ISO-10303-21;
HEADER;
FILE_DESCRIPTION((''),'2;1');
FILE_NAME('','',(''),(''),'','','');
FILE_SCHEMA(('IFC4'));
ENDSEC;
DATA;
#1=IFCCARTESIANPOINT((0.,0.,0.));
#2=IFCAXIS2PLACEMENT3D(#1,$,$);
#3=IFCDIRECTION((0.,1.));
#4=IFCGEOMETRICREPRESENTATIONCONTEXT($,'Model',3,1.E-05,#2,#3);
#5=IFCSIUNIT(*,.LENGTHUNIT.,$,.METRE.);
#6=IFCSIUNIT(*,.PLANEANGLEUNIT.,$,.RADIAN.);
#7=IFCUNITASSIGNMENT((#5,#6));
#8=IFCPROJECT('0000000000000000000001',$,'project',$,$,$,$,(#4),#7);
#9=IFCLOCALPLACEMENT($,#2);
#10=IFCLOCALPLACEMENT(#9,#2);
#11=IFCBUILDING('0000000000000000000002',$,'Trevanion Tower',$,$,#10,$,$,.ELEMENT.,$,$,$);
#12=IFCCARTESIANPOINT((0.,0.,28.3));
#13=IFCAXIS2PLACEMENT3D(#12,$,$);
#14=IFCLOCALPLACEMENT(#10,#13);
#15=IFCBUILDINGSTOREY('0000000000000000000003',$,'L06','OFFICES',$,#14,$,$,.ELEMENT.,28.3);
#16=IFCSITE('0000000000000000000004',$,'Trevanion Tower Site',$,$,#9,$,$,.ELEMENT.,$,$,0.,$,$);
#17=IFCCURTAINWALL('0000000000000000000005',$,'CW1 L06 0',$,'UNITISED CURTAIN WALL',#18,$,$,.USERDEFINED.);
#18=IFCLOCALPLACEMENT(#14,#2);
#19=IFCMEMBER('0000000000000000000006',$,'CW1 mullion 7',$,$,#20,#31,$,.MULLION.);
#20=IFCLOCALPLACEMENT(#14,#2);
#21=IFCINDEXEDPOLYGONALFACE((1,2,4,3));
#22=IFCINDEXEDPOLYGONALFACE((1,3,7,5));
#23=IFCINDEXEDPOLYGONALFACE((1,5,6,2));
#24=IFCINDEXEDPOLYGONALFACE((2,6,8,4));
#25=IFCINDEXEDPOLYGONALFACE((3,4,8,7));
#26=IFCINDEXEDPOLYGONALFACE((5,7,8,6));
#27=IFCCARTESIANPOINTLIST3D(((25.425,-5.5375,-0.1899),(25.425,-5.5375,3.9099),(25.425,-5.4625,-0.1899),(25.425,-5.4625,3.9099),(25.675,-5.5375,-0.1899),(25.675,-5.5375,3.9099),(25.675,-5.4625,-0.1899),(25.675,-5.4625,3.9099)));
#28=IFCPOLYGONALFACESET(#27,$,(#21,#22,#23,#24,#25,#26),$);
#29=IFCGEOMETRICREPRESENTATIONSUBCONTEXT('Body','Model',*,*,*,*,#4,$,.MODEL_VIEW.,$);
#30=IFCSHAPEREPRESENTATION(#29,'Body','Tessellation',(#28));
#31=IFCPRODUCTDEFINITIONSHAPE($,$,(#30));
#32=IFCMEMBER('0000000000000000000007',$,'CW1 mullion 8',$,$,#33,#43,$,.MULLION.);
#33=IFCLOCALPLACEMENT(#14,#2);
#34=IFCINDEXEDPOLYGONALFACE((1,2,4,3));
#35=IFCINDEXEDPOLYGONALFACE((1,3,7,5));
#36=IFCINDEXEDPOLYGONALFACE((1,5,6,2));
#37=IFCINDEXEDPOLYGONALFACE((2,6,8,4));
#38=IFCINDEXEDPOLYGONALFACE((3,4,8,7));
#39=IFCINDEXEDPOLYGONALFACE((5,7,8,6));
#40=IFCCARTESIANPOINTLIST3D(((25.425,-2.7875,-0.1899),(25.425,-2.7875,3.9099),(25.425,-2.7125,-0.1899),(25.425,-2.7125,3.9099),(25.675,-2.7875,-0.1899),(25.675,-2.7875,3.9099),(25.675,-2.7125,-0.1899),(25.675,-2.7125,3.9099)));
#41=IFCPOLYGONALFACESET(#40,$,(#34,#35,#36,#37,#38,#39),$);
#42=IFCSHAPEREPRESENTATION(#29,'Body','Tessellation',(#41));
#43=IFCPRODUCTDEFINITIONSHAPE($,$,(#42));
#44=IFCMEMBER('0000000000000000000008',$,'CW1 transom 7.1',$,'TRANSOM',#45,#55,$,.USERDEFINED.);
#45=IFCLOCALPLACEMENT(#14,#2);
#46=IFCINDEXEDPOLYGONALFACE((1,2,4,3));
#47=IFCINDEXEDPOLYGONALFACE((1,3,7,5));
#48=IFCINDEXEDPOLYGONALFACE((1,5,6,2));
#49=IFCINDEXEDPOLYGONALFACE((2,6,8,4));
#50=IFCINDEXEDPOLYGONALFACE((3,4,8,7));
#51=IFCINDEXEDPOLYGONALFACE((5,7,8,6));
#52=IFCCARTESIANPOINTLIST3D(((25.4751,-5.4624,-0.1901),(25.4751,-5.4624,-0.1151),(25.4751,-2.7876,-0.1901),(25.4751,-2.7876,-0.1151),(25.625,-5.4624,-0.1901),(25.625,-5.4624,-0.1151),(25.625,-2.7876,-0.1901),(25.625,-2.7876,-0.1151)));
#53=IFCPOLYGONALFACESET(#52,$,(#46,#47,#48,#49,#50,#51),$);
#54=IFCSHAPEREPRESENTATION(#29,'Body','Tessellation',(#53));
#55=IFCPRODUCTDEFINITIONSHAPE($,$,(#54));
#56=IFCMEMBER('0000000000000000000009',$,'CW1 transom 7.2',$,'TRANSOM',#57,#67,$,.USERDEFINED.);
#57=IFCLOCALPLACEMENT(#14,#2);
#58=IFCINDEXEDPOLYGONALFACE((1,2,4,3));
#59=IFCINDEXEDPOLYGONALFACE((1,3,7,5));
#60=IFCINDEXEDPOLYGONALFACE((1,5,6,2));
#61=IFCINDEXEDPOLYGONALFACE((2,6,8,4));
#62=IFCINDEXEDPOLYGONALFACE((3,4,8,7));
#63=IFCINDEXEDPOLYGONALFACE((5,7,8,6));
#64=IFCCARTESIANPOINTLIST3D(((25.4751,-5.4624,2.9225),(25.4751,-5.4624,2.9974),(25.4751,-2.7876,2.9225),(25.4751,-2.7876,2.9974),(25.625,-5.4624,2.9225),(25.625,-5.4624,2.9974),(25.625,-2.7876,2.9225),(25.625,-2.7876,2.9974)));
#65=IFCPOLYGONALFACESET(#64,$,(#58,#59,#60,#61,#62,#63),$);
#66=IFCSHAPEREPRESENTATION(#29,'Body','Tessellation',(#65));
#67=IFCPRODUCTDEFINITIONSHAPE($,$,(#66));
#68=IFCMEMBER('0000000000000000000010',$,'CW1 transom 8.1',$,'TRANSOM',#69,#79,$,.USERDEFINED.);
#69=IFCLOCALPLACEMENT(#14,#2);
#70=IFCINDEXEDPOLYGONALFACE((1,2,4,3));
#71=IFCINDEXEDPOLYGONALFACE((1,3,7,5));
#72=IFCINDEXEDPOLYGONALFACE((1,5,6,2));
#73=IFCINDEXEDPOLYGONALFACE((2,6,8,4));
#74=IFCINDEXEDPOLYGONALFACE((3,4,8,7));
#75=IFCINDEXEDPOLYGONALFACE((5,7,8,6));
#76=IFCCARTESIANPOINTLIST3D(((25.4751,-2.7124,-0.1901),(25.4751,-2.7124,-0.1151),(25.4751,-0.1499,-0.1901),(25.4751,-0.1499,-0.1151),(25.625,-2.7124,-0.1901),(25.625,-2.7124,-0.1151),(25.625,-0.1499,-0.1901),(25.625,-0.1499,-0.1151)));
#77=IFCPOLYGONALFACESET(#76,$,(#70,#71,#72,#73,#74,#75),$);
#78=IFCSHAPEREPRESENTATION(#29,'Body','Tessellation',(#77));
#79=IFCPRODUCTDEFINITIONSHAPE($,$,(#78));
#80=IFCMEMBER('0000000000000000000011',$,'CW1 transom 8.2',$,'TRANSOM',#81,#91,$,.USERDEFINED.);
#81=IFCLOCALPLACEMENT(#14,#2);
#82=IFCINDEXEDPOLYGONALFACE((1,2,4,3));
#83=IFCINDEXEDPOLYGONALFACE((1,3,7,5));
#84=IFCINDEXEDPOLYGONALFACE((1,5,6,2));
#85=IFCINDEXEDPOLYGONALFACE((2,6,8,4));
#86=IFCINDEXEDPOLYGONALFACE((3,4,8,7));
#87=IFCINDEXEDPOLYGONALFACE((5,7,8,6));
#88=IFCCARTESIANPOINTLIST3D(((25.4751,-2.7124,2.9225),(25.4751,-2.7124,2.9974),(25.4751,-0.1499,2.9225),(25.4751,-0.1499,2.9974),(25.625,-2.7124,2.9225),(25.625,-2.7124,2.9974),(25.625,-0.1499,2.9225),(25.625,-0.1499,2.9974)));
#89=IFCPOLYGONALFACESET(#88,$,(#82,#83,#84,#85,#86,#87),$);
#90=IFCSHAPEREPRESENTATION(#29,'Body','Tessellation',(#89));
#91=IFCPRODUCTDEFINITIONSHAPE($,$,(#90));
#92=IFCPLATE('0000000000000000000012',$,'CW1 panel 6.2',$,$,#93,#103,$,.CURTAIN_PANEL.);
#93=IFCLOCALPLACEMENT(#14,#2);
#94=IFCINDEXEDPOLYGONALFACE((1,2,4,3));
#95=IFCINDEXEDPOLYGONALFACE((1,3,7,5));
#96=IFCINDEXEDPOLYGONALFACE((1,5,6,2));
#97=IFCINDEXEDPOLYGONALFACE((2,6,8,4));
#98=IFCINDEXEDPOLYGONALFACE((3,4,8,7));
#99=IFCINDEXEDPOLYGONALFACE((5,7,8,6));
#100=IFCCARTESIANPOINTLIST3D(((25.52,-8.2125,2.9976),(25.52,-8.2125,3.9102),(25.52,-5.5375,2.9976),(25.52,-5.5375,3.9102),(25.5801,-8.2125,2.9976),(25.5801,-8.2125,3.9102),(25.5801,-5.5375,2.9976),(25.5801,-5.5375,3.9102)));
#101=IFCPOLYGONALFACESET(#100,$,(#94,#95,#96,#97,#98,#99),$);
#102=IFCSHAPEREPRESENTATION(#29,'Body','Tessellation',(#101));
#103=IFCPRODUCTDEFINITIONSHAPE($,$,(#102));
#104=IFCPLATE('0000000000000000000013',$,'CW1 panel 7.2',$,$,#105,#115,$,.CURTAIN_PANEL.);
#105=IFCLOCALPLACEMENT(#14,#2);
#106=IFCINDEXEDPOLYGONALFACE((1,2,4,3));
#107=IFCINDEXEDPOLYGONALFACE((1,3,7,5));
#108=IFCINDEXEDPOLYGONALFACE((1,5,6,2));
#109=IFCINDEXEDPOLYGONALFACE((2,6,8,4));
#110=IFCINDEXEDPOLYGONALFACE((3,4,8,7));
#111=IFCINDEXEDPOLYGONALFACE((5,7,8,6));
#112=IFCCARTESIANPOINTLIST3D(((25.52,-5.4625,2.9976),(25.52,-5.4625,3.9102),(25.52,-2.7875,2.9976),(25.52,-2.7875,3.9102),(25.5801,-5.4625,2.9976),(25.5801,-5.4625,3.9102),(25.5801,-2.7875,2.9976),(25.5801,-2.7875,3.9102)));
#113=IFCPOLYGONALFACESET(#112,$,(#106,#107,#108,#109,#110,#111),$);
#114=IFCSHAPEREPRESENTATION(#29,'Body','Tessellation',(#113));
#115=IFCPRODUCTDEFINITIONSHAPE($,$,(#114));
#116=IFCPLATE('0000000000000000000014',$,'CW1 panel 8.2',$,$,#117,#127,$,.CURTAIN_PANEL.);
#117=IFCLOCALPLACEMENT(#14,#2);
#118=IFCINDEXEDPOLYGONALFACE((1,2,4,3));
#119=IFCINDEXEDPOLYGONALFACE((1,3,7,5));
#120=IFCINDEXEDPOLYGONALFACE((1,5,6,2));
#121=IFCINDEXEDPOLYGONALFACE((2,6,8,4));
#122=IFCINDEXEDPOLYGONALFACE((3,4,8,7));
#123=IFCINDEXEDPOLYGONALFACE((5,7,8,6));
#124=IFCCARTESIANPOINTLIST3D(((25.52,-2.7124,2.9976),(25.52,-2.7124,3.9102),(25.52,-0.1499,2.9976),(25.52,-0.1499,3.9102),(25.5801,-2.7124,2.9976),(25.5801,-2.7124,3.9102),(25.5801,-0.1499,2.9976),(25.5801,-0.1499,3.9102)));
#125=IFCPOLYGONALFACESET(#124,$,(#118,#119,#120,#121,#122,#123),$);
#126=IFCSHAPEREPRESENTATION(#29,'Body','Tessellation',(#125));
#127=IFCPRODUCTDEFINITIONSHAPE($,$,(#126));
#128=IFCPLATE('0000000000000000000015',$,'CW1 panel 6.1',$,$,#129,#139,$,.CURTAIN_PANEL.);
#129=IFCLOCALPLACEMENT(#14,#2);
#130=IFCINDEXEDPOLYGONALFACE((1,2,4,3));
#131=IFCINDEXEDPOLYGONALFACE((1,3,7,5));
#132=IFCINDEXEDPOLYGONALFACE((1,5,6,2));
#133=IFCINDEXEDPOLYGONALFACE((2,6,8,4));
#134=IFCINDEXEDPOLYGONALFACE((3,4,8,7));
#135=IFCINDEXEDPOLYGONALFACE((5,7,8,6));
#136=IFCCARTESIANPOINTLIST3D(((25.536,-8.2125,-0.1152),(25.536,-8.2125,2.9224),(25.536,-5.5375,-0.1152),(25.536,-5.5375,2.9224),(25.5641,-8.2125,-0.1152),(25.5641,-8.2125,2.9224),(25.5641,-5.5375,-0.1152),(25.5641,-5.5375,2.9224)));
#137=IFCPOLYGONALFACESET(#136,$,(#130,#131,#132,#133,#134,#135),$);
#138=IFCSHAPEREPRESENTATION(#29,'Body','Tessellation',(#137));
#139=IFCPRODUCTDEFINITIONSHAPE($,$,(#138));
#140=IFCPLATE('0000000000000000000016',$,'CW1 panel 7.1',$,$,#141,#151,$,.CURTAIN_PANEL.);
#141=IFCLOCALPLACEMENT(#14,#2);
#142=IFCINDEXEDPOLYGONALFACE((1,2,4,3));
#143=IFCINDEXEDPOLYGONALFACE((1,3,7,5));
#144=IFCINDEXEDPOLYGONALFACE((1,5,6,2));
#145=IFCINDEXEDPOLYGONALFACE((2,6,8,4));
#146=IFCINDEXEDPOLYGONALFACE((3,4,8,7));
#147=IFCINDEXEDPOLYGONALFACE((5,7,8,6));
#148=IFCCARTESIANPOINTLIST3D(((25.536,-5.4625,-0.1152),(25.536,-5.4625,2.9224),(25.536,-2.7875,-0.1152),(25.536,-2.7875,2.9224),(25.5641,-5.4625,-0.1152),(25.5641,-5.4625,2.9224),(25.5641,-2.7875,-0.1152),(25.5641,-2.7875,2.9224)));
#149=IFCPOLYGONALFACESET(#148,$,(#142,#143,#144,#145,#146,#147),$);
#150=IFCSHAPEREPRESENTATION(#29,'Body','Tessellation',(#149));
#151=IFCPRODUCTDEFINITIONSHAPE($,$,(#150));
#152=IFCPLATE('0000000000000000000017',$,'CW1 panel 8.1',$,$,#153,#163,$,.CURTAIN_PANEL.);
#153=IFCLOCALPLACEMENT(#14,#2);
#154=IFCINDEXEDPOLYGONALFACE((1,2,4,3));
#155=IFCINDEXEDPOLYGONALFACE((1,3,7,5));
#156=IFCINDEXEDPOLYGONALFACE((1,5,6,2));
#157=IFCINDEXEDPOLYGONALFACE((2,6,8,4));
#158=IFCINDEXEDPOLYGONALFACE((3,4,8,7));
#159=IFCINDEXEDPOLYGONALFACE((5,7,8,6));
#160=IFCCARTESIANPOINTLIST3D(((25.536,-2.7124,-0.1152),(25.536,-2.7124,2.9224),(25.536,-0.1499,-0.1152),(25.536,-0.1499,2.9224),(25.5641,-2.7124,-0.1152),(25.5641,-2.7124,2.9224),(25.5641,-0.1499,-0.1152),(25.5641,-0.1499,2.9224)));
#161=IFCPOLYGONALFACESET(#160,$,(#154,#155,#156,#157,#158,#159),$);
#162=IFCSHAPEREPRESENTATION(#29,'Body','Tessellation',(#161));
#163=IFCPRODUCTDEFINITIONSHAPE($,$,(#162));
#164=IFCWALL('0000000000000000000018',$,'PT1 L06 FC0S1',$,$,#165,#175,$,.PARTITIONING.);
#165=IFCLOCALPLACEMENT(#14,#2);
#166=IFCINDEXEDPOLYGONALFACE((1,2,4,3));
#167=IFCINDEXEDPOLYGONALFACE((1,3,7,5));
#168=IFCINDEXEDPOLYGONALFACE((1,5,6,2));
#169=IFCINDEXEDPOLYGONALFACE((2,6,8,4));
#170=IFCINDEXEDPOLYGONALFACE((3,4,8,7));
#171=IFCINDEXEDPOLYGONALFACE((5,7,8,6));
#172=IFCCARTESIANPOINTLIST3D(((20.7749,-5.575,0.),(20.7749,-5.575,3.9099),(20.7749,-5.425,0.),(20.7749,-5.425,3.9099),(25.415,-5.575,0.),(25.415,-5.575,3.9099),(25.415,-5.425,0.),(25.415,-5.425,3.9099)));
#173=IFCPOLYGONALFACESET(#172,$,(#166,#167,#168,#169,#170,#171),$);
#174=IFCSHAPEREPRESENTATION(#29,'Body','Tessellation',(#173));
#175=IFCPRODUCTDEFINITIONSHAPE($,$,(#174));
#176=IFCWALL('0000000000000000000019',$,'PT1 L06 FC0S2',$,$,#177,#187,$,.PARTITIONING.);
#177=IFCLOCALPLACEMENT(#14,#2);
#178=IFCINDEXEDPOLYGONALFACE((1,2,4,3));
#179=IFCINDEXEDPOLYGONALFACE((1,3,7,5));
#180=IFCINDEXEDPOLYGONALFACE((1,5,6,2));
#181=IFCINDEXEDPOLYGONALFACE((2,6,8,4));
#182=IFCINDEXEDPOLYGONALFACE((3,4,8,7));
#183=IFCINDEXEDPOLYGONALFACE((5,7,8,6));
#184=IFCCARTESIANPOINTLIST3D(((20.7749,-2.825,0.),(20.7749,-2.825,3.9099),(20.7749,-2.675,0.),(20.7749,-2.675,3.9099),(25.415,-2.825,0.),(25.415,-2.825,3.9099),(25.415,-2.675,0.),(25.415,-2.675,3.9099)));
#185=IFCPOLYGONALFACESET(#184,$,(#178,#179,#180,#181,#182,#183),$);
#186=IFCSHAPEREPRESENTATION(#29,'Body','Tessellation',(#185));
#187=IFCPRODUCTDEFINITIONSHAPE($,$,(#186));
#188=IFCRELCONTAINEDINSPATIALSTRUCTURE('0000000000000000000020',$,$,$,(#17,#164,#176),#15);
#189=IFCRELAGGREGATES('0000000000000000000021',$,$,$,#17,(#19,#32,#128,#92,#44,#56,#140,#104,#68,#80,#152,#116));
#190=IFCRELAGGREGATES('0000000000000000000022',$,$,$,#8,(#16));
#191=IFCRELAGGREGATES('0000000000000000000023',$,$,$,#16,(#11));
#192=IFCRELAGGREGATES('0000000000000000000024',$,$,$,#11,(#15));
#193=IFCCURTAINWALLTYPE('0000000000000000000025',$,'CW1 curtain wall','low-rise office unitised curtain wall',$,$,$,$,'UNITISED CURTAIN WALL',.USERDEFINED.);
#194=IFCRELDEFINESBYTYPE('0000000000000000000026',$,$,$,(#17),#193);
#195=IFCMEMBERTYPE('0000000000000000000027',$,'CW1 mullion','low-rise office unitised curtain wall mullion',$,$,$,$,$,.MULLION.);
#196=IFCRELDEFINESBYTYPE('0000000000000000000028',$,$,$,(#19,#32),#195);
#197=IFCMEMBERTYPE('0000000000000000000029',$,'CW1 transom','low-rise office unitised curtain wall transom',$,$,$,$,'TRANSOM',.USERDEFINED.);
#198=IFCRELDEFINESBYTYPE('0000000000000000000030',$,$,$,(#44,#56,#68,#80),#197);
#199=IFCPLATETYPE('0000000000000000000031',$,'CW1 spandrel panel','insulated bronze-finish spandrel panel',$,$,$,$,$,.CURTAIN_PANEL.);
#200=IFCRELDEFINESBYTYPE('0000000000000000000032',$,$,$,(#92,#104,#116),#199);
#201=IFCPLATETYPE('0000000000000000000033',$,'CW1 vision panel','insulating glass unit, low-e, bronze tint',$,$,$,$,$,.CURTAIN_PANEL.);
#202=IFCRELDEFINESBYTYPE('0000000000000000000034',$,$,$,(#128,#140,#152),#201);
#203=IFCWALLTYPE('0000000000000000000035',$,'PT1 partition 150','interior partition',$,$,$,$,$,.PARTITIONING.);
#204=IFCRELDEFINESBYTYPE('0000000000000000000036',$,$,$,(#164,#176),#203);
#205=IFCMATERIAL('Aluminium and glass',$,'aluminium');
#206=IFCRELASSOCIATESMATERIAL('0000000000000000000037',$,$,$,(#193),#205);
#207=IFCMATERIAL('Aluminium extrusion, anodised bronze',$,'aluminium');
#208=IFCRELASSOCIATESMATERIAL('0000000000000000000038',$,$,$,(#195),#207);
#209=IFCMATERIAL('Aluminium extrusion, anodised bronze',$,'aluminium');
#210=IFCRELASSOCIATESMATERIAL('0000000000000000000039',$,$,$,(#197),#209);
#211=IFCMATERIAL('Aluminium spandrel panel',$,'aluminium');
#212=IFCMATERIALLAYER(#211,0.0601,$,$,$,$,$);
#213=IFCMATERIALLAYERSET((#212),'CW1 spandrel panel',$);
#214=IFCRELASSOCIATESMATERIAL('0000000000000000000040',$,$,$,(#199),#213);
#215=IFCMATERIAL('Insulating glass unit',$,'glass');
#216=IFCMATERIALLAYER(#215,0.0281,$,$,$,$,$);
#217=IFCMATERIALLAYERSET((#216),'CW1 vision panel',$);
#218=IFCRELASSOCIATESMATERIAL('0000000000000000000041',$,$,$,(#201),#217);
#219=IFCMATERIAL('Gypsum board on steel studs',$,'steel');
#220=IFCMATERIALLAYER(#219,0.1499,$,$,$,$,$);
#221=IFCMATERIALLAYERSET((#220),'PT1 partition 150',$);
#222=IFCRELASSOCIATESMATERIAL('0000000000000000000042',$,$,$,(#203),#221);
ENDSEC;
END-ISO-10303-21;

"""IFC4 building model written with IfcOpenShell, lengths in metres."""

from ifc_helpers import new_model, si_unit, direction, frame, frame_2d, origin, origin_2d, place, context, subcontext, project, spatial, rectangle, extrude, material, layer, layer_set, material_profile, profile_set, type_object, element, aggregate, save


model = new_model("IFC4")

# Units and contexts
model_context = context("Model", 3, precision=1e-05, world=origin(), true_north=direction((0.0, 1.0)))
body_context = subcontext(model_context, "Body", "Model", "MODEL_VIEW")
ifc_project = project(units=[si_unit("LENGTHUNIT", "METRE"), si_unit("PLANEANGLEUNIT", "RADIAN")], contexts=[model_context])

# Site, building, storey
site_placement = place(None, origin())
site = spatial("IfcSite", under=ifc_project, at=site_placement, Name="Trevanion Tower Site", CompositionType="ELEMENT", RefElevation=0.0)
building_placement = place(site_placement, origin())
building = spatial("IfcBuilding", under=site, at=building_placement, Name="Trevanion Tower", CompositionType="ELEMENT")
storey_placement = place(building_placement, frame((0.0, 0.0, 28.3)))
storey = spatial("IfcBuildingStorey", under=building, at=storey_placement, Name="L06", Description="OFFICES", CompositionType="ELEMENT", Elevation=28.3)

# Curtain wall, members, plates
ifc_material_1 = material(Name="Aluminium and glass", Category="aluminium")
curtain_wall_type = type_object("IfcCurtainWallType", Name="CW1 curtain wall", Description="low-rise office unitised curtain wall", ElementType="UNITISED CURTAIN WALL", PredefinedType="USERDEFINED", material=ifc_material_1)
curtain_wall_placement = place(storey_placement, origin())
curtain_wall = element("IfcCurtainWall", 1, at=curtain_wall_placement, inside=storey, type_object=curtain_wall_type, Name="CW1 L06 0", ObjectType="UNITISED CURTAIN WALL", PredefinedType="USERDEFINED")
ifc_material_2 = material(Name="Aluminium extrusion, anodised bronze", Category="aluminium")
ifc_material_profile_1 = material_profile(ifc_material_2, rectangle(XDim=0.075, YDim=0.25, at=origin_2d()), Name="CW1 mullion")
ifc_profile_set_1 = profile_set([ifc_material_profile_1], Name="Aluminium extrusion, anodised bronze")
member_type_1 = type_object("IfcMemberType", Name="CW1 mullion", Description="low-rise office unitised curtain wall mullion", PredefinedType="MULLION", material=ifc_profile_set_1)
member_1_placement = place(storey_placement, frame((25.55, -5.5, -0.1899), z_axis=(0.0, 0.0, 1.0), x_axis=(0.0, 1.0, 0.0)))
member_1 = element("IfcMember", 2, at=member_1_placement, type_object=member_type_1, Name="CW1 mullion 7", PredefinedType="MULLION", context=body_context, shape_type="SweptSolid", body=[
    extrude(rectangle(XDim=0.075, YDim=0.25, at=origin_2d()), origin(), (0.0, 0.0, 1.0), 4.0999),
])
member_2_placement = place(storey_placement, frame((25.55, -2.75, -0.1899), z_axis=(0.0, 0.0, 1.0), x_axis=(0.0, 1.0, 0.0)))
member_2 = element("IfcMember", 3, at=member_2_placement, type_object=member_type_1, Name="CW1 mullion 8", PredefinedType="MULLION", context=body_context, shape_type="SweptSolid", body=[
    extrude(rectangle(XDim=0.075, YDim=0.25, at=origin_2d()), origin(), (0.0, 0.0, 1.0), 4.0999),
])
ifc_material_3 = material(Name="Aluminium extrusion, anodised bronze", Category="aluminium")
ifc_material_profile_2 = material_profile(ifc_material_3, rectangle(XDim=0.1499, YDim=0.075, at=origin_2d()), Name="CW1 transom")
ifc_profile_set_2 = profile_set([ifc_material_profile_2], Name="Aluminium extrusion, anodised bronze")
member_type_2 = type_object("IfcMemberType", Name="CW1 transom", Description="low-rise office unitised curtain wall transom", ElementType="TRANSOM", PredefinedType="USERDEFINED", material=ifc_profile_set_2)
member_3_placement = place(storey_placement, frame((25.55, -5.4624, -0.1526), z_axis=(0.0, 1.0, 0.0), x_axis=(-1.0, 0.0, 0.0)))
member_3 = element("IfcMember", 4, at=member_3_placement, type_object=member_type_2, Name="CW1 transom 7.1", ObjectType="TRANSOM", PredefinedType="USERDEFINED", context=body_context, shape_type="SweptSolid", body=[
    extrude(rectangle(XDim=0.1499, YDim=0.075, at=origin_2d()), origin(), (0.0, 0.0, 1.0), 2.6748),
])
member_4_placement = place(storey_placement, frame((25.55, -5.4624, 2.96), z_axis=(0.0, 1.0, 0.0), x_axis=(-1.0, 0.0, 0.0)))
member_4 = element("IfcMember", 5, at=member_4_placement, type_object=member_type_2, Name="CW1 transom 7.2", ObjectType="TRANSOM", PredefinedType="USERDEFINED", context=body_context, shape_type="SweptSolid", body=[
    extrude(rectangle(XDim=0.1499, YDim=0.075, at=origin_2d()), origin(), (0.0, 0.0, 1.0), 2.6748),
])
member_5_placement = place(storey_placement, frame((25.55, -2.7124, -0.1526), z_axis=(0.0, 1.0, 0.0), x_axis=(-1.0, 0.0, 0.0)))
member_5 = element("IfcMember", 6, at=member_5_placement, type_object=member_type_2, Name="CW1 transom 8.1", ObjectType="TRANSOM", PredefinedType="USERDEFINED", context=body_context, shape_type="SweptSolid", body=[
    extrude(rectangle(XDim=0.1499, YDim=0.075, at=origin_2d()), origin(), (0.0, 0.0, 1.0), 2.5625),
])
member_6_placement = place(storey_placement, frame((25.55, -2.7124, 2.96), z_axis=(0.0, 1.0, 0.0), x_axis=(-1.0, 0.0, 0.0)))
member_6 = element("IfcMember", 7, at=member_6_placement, type_object=member_type_2, Name="CW1 transom 8.2", ObjectType="TRANSOM", PredefinedType="USERDEFINED", context=body_context, shape_type="SweptSolid", body=[
    extrude(rectangle(XDim=0.1499, YDim=0.075, at=origin_2d()), origin(), (0.0, 0.0, 1.0), 2.5625),
])
ifc_material_4 = material(Name="Aluminium spandrel panel", Category="aluminium")
ifc_layer_1 = layer(ifc_material_4, 0.0601)
ifc_layer_set_1 = layer_set([ifc_layer_1], Name="CW1 spandrel panel")
plate_type_1 = type_object("IfcPlateType", Name="CW1 spandrel panel", Description="insulated bronze-finish spandrel panel", PredefinedType="CURTAIN_PANEL", material=ifc_layer_set_1)
plate_1_placement = place(storey_placement, frame((25.55, -6.875, 2.9976), z_axis=(0.0, 0.0, 1.0), x_axis=(0.0, 1.0, 0.0)))
plate_1 = element("IfcPlate", 8, at=plate_1_placement, type_object=plate_type_1, Name="CW1 panel 6.2", PredefinedType="CURTAIN_PANEL", context=body_context, shape_type="SweptSolid", body=[
    extrude(rectangle(XDim=2.675, YDim=0.0601, at=origin_2d()), origin(), (0.0, 0.0, 1.0), 0.9126),
])
plate_2_placement = place(storey_placement, frame((25.55, -4.125, 2.9976), z_axis=(0.0, 0.0, 1.0), x_axis=(0.0, 1.0, 0.0)))
plate_2 = element("IfcPlate", 9, at=plate_2_placement, type_object=plate_type_1, Name="CW1 panel 7.2", PredefinedType="CURTAIN_PANEL", context=body_context, shape_type="SweptSolid", body=[
    extrude(rectangle(XDim=2.675, YDim=0.0601, at=origin_2d()), origin(), (0.0, 0.0, 1.0), 0.9126),
])
plate_3_placement = place(storey_placement, frame((25.55, -1.4312, 2.9976), z_axis=(0.0, 0.0, 1.0), x_axis=(0.0, 1.0, 0.0)))
plate_3 = element("IfcPlate", 10, at=plate_3_placement, type_object=plate_type_1, Name="CW1 panel 8.2", PredefinedType="CURTAIN_PANEL", context=body_context, shape_type="SweptSolid", body=[
    extrude(rectangle(XDim=2.5625, YDim=0.0601, at=origin_2d()), origin(), (0.0, 0.0, 1.0), 0.9126),
])
ifc_material_5 = material(Name="Insulating glass unit", Category="glass")
ifc_layer_2 = layer(ifc_material_5, 0.0281)
ifc_layer_set_2 = layer_set([ifc_layer_2], Name="CW1 vision panel")
plate_type_2 = type_object("IfcPlateType", Name="CW1 vision panel", Description="insulating glass unit, low-e, bronze tint", PredefinedType="CURTAIN_PANEL", material=ifc_layer_set_2)
plate_4_placement = place(storey_placement, frame((25.55, -6.875, -0.1152), z_axis=(0.0, 0.0, 1.0), x_axis=(0.0, 1.0, 0.0)))
plate_4 = element("IfcPlate", 11, at=plate_4_placement, type_object=plate_type_2, Name="CW1 panel 6.1", PredefinedType="CURTAIN_PANEL", context=body_context, shape_type="SweptSolid", body=[
    extrude(rectangle(XDim=2.675, YDim=0.0281, at=origin_2d()), origin(), (0.0, 0.0, 1.0), 3.0376),
])
plate_5_placement = place(storey_placement, frame((25.55, -4.125, -0.1152), z_axis=(0.0, 0.0, 1.0), x_axis=(0.0, 1.0, 0.0)))
plate_5 = element("IfcPlate", 12, at=plate_5_placement, type_object=plate_type_2, Name="CW1 panel 7.1", PredefinedType="CURTAIN_PANEL", context=body_context, shape_type="SweptSolid", body=[
    extrude(rectangle(XDim=2.675, YDim=0.0281, at=origin_2d()), origin(), (0.0, 0.0, 1.0), 3.0376),
])
plate_6_placement = place(storey_placement, frame((25.55, -1.4312, -0.1152), z_axis=(0.0, 0.0, 1.0), x_axis=(0.0, 1.0, 0.0)))
plate_6 = element("IfcPlate", 13, at=plate_6_placement, type_object=plate_type_2, Name="CW1 panel 8.1", PredefinedType="CURTAIN_PANEL", context=body_context, shape_type="SweptSolid", body=[
    extrude(rectangle(XDim=2.5625, YDim=0.0281, at=origin_2d()), origin(), (0.0, 0.0, 1.0), 3.0376),
])
aggregate(curtain_wall, [member_1, member_2, plate_4, plate_1, member_3, member_4, plate_5, plate_2, member_5, member_6, plate_6, plate_3])

# Walls
ifc_material_6 = material(Name="Gypsum board on steel studs", Category="steel")
ifc_layer_3 = layer(ifc_material_6, 0.1499)
ifc_layer_set_3 = layer_set([ifc_layer_3], Name="PT1 partition 150")
wall_type = type_object("IfcWallType", Name="PT1 partition 150", Description="interior partition", PredefinedType="PARTITIONING", material=ifc_layer_set_3)
for number, where, z_axis, x_axis, name in (
    (14, (20.7749, -5.5, 0.0), (0.0, 0.0, 1.0), (1.0, 0.0, 0.0), "PT1 L06 FC0S1"),
    (15, (20.7749, -2.75, 0.0), (0.0, 0.0, 1.0), (1.0, 0.0, 0.0), "PT1 L06 FC0S2"),
):
    element("IfcWall", number, at=place(storey_placement, frame(where, z_axis=z_axis, x_axis=x_axis)), inside=storey, type_object=wall_type, Name=name, PredefinedType="PARTITIONING", context=body_context, shape_type="SweptSolid", body=[
        extrude(rectangle(XDim=4.6401, YDim=0.1499, at=frame_2d((2.3201, 0.0))), origin(), (0.0, 0.0, 1.0), 3.9099),
    ])

save(model, "model.ifc")
